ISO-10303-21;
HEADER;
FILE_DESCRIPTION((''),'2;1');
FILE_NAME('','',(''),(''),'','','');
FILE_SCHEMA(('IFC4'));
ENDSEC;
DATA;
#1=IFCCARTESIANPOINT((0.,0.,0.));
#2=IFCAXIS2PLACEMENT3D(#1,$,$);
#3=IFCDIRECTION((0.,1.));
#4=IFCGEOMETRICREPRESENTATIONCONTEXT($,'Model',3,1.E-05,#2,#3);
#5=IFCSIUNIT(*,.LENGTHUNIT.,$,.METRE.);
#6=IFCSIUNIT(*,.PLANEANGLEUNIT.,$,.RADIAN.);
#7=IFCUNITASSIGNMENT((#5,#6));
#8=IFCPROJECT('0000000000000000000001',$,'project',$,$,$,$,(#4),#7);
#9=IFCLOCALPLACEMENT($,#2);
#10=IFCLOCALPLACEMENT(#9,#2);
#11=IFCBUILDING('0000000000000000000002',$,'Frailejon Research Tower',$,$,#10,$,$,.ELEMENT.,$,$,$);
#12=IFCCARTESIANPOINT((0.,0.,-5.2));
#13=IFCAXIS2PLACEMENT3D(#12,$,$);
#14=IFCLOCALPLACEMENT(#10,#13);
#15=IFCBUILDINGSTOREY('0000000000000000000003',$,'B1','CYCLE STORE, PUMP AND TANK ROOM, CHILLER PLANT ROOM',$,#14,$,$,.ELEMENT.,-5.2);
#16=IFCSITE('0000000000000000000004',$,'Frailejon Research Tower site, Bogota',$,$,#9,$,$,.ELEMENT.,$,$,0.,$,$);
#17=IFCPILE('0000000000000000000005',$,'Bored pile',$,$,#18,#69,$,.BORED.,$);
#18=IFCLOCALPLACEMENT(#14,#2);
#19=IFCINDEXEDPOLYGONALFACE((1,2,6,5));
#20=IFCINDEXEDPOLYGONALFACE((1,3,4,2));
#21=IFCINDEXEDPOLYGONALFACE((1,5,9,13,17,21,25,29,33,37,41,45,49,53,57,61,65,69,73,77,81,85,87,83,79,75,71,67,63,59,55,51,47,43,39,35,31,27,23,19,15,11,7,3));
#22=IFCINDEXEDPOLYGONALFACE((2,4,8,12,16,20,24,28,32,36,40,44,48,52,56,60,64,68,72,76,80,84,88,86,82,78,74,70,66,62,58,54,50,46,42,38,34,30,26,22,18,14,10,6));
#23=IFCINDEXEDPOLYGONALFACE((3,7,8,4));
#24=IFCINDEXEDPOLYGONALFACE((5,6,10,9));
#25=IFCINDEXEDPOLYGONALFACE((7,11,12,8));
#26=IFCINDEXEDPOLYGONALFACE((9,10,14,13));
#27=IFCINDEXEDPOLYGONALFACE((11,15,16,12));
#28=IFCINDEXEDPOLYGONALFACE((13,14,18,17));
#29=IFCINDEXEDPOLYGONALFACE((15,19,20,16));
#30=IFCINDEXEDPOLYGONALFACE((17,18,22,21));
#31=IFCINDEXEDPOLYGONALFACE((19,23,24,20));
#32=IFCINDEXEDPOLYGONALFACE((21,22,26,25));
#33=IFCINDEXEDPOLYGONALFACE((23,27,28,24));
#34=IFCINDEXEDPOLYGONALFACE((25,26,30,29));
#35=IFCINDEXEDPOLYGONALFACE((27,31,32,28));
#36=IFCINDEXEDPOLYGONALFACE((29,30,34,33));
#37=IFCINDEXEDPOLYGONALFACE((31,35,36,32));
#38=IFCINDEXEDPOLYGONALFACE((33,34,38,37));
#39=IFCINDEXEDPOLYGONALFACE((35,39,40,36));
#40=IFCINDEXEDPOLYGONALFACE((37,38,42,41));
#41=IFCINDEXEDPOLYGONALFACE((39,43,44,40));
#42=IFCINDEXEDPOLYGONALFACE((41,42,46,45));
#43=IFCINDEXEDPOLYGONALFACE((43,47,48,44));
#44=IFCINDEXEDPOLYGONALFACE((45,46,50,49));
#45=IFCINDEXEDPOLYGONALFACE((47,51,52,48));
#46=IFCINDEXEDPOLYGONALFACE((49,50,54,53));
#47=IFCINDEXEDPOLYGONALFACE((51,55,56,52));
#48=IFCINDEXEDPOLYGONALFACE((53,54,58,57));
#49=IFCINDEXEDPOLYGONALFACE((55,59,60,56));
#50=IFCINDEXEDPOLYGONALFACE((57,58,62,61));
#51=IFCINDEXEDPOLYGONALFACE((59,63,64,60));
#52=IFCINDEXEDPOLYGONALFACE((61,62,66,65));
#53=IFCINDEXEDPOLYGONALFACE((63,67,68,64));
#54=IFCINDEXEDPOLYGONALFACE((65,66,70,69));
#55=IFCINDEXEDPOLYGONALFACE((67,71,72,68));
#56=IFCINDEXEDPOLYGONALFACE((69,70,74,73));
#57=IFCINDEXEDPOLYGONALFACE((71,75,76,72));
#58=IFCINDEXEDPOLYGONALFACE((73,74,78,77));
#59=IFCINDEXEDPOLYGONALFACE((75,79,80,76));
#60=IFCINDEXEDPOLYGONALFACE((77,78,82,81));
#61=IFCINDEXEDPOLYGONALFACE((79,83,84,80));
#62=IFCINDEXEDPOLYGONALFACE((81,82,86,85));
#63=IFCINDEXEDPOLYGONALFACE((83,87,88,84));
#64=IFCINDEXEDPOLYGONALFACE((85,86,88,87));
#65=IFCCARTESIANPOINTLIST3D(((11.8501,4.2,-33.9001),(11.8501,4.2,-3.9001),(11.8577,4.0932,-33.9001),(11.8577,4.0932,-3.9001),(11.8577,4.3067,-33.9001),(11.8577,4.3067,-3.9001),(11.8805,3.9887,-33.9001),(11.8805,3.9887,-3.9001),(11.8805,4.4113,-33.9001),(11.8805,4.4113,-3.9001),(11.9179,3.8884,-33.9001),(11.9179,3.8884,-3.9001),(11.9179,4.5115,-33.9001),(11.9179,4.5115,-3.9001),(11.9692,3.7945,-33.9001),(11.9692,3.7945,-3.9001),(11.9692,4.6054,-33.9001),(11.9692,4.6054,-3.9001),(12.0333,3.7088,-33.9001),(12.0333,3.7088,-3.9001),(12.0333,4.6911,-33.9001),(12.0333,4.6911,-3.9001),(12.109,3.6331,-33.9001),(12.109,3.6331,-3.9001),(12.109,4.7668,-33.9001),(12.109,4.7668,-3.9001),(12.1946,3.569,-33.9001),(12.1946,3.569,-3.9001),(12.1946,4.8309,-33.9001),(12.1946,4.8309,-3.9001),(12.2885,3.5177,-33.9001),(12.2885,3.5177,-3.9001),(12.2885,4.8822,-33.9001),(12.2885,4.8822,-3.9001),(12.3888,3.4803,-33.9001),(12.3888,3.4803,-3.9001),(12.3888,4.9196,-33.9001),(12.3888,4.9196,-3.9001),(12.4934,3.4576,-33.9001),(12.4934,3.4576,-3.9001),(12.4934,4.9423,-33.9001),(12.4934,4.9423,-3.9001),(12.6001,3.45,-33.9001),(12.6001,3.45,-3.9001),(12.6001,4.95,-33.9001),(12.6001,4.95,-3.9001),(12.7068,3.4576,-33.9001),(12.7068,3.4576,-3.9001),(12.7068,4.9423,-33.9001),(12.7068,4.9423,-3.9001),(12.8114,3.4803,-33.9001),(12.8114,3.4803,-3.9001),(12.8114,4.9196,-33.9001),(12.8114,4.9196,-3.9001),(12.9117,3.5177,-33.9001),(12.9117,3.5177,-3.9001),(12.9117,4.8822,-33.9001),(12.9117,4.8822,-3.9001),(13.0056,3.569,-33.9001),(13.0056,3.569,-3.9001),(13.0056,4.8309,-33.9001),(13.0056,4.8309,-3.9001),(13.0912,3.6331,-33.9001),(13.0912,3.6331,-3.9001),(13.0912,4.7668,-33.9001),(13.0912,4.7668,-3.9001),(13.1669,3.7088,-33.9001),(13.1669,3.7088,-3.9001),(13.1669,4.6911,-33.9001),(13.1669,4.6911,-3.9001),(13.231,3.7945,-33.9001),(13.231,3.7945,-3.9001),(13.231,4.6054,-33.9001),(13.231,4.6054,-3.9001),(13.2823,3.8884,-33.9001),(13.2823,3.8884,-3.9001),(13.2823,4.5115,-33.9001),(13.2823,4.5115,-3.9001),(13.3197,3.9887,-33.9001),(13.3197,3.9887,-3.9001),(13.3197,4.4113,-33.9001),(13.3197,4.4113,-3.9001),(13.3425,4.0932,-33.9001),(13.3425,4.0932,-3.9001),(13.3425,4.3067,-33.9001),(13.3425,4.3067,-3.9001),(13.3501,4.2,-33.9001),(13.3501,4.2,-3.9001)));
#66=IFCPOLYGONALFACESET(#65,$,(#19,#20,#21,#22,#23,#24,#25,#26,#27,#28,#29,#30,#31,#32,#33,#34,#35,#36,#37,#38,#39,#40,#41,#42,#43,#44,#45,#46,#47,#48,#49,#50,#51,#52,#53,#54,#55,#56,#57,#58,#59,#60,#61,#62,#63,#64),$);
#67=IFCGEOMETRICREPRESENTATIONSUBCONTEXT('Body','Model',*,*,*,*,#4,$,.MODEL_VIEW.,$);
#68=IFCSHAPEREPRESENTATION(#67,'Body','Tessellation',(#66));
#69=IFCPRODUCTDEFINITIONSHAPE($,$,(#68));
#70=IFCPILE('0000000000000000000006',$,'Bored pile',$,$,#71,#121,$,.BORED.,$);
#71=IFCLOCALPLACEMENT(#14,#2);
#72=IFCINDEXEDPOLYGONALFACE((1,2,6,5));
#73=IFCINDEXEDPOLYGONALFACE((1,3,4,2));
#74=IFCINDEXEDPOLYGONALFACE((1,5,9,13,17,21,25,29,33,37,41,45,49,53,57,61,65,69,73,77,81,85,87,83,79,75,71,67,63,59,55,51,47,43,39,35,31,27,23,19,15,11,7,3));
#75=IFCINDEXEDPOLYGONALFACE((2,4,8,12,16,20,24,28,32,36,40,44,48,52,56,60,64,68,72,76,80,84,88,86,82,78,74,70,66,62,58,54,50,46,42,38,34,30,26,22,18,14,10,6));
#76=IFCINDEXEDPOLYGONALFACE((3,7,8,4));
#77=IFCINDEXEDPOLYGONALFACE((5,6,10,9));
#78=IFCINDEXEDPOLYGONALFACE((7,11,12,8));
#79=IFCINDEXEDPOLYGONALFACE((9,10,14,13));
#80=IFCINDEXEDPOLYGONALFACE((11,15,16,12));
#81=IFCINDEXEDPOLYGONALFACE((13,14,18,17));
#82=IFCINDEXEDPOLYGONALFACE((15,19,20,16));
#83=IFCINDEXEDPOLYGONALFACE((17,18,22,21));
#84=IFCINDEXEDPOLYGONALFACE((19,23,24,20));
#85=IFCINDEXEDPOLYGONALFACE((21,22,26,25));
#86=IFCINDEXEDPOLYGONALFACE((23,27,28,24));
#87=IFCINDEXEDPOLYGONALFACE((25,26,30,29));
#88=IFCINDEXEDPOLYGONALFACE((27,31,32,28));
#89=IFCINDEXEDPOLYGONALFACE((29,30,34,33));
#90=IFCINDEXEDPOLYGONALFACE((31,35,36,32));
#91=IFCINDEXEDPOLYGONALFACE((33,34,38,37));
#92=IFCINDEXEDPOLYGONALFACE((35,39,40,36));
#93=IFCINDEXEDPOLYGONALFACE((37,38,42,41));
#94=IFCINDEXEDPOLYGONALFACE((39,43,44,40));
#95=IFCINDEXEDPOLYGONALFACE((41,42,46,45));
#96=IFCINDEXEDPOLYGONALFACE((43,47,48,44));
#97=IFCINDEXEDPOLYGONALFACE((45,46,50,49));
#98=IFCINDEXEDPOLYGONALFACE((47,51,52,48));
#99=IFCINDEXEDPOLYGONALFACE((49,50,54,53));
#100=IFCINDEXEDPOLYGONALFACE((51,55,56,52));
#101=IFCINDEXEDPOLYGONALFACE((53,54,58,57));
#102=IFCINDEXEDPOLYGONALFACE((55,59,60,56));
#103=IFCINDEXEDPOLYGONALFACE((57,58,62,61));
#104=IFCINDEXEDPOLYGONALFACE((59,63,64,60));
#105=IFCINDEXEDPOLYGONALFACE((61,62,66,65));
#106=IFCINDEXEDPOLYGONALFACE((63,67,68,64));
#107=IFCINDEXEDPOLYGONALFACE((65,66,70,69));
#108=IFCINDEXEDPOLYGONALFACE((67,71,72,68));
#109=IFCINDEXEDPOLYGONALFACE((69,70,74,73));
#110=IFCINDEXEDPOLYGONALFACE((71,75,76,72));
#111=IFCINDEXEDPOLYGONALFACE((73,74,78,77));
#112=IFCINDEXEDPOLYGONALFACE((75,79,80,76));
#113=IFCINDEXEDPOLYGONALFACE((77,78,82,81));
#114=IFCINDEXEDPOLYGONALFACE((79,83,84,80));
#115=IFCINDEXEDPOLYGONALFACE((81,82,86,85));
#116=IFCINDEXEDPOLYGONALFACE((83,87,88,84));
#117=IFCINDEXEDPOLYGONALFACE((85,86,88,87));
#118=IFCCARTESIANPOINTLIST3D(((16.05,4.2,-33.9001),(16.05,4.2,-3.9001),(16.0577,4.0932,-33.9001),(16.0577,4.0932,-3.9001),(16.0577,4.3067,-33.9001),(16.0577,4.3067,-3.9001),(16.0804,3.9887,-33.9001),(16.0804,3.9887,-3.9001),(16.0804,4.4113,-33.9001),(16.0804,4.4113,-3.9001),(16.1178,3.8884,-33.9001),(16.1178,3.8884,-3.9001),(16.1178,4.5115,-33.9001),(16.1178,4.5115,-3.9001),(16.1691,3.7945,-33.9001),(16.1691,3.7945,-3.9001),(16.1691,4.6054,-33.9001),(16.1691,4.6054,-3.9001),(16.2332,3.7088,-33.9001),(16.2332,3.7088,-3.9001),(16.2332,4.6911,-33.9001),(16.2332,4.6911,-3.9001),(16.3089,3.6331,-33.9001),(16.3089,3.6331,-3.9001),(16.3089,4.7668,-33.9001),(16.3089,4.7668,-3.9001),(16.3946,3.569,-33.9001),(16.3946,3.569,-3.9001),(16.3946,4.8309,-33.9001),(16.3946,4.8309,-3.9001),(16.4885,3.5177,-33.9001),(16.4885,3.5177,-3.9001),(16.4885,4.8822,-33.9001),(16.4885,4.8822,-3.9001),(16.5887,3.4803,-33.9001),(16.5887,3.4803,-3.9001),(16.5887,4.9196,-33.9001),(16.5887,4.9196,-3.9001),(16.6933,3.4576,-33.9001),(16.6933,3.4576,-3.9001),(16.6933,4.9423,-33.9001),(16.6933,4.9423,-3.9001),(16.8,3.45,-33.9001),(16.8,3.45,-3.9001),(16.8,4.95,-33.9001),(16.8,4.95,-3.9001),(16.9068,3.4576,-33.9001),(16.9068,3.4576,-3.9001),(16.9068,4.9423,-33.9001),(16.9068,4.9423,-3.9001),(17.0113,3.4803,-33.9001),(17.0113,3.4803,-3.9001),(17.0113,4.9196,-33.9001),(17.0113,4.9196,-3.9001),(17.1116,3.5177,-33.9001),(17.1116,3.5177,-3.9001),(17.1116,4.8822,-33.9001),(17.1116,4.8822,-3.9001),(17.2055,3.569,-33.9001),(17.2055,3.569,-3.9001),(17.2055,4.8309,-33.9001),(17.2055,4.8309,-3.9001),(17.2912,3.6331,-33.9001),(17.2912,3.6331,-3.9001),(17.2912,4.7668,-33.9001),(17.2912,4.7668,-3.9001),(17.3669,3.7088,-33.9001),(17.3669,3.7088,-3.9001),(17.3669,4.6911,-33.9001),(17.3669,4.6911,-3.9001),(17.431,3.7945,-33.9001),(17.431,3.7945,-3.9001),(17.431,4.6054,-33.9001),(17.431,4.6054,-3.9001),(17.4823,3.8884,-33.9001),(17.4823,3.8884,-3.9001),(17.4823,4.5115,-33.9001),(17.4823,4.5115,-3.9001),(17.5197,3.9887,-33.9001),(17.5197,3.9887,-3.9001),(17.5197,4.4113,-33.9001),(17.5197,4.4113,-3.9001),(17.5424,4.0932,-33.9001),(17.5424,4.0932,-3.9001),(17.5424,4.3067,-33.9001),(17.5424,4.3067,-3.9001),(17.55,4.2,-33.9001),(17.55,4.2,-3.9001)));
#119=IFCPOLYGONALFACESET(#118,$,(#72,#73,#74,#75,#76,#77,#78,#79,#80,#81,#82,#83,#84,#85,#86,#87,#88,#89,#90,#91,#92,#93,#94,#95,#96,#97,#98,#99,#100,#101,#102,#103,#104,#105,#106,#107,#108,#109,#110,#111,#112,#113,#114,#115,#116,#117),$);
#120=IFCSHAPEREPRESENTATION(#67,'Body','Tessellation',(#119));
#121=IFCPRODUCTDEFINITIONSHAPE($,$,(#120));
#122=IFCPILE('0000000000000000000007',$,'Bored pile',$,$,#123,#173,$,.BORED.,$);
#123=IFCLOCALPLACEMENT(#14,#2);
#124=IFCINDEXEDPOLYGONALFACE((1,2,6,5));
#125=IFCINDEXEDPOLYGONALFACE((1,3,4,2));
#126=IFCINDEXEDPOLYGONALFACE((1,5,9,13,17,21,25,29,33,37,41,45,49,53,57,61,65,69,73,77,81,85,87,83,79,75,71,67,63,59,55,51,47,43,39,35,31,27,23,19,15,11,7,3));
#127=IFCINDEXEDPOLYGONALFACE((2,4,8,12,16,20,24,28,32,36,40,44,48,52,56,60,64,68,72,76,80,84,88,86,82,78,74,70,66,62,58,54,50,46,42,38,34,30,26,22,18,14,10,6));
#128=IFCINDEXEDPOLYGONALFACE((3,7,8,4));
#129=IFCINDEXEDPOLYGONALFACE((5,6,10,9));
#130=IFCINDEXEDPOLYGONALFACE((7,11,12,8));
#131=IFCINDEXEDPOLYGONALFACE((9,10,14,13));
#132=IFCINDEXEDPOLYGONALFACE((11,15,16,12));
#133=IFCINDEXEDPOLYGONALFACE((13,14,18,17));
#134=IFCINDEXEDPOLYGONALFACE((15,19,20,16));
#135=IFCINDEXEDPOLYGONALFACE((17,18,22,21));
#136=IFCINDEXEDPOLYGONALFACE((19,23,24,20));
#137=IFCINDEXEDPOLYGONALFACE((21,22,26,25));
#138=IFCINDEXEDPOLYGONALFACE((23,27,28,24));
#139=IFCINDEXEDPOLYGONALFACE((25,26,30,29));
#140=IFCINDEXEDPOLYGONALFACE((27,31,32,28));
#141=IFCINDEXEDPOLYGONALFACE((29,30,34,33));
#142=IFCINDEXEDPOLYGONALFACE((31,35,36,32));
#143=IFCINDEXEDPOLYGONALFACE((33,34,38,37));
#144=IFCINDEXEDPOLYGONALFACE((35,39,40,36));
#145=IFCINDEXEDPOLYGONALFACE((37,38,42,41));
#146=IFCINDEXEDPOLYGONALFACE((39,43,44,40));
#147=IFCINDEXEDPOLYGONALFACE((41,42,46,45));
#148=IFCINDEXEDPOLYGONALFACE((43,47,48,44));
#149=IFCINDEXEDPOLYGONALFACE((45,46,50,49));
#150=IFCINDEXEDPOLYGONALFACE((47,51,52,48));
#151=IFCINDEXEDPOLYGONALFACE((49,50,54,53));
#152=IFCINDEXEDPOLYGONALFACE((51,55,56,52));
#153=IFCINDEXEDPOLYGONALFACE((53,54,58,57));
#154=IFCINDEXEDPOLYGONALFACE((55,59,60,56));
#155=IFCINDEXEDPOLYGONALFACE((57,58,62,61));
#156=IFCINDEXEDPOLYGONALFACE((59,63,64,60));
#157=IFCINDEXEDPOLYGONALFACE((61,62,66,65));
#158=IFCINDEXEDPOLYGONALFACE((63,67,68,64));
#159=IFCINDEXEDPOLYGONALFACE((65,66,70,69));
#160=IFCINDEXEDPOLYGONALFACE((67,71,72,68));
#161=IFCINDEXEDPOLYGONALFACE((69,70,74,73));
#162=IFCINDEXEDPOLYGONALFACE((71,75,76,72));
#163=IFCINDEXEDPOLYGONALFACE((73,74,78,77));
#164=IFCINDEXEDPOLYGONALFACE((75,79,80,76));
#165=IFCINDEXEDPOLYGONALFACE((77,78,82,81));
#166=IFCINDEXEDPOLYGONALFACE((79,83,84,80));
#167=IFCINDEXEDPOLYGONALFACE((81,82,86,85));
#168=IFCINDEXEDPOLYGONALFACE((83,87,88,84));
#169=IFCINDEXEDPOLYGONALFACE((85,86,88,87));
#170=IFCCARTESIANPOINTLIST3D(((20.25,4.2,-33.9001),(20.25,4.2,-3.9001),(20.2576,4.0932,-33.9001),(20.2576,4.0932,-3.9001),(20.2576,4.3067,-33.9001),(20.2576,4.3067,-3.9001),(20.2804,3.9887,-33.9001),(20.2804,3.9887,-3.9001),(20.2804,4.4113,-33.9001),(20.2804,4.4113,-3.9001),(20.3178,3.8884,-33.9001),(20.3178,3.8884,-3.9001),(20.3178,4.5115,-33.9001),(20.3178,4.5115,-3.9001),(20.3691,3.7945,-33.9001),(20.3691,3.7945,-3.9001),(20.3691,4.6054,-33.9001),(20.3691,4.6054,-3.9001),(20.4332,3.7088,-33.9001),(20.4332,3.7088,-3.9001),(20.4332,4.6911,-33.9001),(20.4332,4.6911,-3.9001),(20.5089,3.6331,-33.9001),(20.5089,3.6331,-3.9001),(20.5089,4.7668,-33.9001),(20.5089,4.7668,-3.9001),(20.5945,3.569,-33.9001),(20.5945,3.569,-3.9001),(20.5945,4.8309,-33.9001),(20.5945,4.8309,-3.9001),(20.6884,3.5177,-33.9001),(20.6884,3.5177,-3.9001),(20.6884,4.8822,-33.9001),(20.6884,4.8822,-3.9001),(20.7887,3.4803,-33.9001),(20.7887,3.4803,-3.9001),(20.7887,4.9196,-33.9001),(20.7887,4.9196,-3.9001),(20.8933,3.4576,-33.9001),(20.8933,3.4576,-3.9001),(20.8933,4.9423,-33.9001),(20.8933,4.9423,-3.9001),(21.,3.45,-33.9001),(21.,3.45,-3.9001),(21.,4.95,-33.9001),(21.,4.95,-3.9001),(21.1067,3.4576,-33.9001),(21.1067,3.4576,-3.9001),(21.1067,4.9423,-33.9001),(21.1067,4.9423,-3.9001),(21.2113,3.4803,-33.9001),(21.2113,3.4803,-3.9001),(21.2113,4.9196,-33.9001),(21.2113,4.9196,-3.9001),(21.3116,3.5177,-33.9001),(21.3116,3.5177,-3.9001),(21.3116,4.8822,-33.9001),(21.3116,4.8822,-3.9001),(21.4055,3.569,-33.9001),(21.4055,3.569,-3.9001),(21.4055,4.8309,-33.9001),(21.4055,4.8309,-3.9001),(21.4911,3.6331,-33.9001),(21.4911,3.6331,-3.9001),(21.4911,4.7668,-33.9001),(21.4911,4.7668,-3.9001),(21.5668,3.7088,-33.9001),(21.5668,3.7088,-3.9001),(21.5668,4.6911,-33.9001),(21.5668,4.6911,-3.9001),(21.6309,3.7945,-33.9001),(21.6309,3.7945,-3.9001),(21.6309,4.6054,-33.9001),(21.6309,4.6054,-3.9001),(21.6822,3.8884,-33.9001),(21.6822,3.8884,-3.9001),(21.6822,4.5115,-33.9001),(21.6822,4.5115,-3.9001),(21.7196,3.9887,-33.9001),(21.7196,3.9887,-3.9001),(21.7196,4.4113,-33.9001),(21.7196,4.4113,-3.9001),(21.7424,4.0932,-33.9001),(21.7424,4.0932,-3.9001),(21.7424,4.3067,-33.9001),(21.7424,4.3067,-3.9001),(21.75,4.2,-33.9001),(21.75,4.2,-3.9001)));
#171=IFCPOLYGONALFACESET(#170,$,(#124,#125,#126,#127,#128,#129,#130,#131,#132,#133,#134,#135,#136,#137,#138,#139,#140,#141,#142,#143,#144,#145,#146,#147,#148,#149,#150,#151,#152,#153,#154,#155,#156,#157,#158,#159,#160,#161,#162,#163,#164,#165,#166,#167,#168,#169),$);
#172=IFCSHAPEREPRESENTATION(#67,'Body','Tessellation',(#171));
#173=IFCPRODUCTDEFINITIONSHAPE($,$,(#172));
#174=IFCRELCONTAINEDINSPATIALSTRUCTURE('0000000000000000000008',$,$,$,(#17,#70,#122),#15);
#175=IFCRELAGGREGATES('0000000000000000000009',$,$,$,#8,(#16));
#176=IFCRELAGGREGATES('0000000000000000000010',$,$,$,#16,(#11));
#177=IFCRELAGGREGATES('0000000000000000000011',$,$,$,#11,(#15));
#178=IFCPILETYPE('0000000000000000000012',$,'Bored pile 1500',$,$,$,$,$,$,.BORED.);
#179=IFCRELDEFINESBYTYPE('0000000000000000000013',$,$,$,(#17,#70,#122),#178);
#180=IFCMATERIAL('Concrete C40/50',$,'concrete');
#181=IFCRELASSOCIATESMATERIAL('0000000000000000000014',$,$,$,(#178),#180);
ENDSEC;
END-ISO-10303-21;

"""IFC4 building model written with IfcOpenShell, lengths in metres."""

from ifc_helpers import new_model, si_unit, direction, frame, origin, origin_2d, place, context, subcontext, project, spatial, circle, extrude, material, material_profile, profile_set, type_object, element, save


model = new_model("IFC4")

# Units and contexts
model_context = context("Model", 3, precision=1e-05, world=origin(), true_north=direction((0.0, 1.0)))
body_context = subcontext(model_context, "Body", "Model", "MODEL_VIEW")
ifc_project = project(units=[si_unit("LENGTHUNIT", "METRE"), si_unit("PLANEANGLEUNIT", "RADIAN")], contexts=[model_context])

# Site, building, storey
site_placement = place(None, origin())
site = spatial("IfcSite", under=ifc_project, at=site_placement, Name="Frailejon Research Tower site, Bogota", CompositionType="ELEMENT", RefElevation=0.0)
building_placement = place(site_placement, origin())
building = spatial("IfcBuilding", under=site, at=building_placement, Name="Frailejon Research Tower", CompositionType="ELEMENT")
storey_placement = place(building_placement, frame((0.0, 0.0, -5.2)))
storey = spatial("IfcBuildingStorey", under=building, at=storey_placement, Name="B1", Description="CYCLE STORE, PUMP AND TANK ROOM, CHILLER PLANT ROOM", CompositionType="ELEMENT", Elevation=-5.2)

# Piles
ifc_material_1 = material(Name="Concrete C40/50", Category="concrete")
ifc_material_profile_1 = material_profile(ifc_material_1, circle(Radius=0.75, at=origin_2d()), Name="Bored pile 1500")
ifc_profile_set_1 = profile_set([ifc_material_profile_1], Name="Concrete C40/50")
pile_type = type_object("IfcPileType", Name="Bored pile 1500", PredefinedType="BORED", material=ifc_profile_set_1)
for number, where, z_axis, x_axis, name in (
    (1, (12.6001, 4.2, -3.9001), (0.0, 0.0, -1.0), (1.0, 0.0, 0.0), "Bored pile"),
    (2, (16.8, 4.2, -3.9001), (0.0, 0.0, -1.0), (1.0, 0.0, 0.0), "Bored pile"),
    (3, (21.0, 4.2, -3.9001), (0.0, 0.0, -1.0), (1.0, 0.0, 0.0), "Bored pile"),
):
    element("IfcPile", number, at=place(storey_placement, frame(where, z_axis=z_axis, x_axis=x_axis)), inside=storey, type_object=pile_type, Name=name, PredefinedType="BORED", context=body_context, shape_type="SweptSolid", body=[
        extrude(circle(Radius=0.75, at=origin_2d()), origin(), (0.0, 0.0, 1.0), 30.0),
    ])

save(model, "model.ifc")
